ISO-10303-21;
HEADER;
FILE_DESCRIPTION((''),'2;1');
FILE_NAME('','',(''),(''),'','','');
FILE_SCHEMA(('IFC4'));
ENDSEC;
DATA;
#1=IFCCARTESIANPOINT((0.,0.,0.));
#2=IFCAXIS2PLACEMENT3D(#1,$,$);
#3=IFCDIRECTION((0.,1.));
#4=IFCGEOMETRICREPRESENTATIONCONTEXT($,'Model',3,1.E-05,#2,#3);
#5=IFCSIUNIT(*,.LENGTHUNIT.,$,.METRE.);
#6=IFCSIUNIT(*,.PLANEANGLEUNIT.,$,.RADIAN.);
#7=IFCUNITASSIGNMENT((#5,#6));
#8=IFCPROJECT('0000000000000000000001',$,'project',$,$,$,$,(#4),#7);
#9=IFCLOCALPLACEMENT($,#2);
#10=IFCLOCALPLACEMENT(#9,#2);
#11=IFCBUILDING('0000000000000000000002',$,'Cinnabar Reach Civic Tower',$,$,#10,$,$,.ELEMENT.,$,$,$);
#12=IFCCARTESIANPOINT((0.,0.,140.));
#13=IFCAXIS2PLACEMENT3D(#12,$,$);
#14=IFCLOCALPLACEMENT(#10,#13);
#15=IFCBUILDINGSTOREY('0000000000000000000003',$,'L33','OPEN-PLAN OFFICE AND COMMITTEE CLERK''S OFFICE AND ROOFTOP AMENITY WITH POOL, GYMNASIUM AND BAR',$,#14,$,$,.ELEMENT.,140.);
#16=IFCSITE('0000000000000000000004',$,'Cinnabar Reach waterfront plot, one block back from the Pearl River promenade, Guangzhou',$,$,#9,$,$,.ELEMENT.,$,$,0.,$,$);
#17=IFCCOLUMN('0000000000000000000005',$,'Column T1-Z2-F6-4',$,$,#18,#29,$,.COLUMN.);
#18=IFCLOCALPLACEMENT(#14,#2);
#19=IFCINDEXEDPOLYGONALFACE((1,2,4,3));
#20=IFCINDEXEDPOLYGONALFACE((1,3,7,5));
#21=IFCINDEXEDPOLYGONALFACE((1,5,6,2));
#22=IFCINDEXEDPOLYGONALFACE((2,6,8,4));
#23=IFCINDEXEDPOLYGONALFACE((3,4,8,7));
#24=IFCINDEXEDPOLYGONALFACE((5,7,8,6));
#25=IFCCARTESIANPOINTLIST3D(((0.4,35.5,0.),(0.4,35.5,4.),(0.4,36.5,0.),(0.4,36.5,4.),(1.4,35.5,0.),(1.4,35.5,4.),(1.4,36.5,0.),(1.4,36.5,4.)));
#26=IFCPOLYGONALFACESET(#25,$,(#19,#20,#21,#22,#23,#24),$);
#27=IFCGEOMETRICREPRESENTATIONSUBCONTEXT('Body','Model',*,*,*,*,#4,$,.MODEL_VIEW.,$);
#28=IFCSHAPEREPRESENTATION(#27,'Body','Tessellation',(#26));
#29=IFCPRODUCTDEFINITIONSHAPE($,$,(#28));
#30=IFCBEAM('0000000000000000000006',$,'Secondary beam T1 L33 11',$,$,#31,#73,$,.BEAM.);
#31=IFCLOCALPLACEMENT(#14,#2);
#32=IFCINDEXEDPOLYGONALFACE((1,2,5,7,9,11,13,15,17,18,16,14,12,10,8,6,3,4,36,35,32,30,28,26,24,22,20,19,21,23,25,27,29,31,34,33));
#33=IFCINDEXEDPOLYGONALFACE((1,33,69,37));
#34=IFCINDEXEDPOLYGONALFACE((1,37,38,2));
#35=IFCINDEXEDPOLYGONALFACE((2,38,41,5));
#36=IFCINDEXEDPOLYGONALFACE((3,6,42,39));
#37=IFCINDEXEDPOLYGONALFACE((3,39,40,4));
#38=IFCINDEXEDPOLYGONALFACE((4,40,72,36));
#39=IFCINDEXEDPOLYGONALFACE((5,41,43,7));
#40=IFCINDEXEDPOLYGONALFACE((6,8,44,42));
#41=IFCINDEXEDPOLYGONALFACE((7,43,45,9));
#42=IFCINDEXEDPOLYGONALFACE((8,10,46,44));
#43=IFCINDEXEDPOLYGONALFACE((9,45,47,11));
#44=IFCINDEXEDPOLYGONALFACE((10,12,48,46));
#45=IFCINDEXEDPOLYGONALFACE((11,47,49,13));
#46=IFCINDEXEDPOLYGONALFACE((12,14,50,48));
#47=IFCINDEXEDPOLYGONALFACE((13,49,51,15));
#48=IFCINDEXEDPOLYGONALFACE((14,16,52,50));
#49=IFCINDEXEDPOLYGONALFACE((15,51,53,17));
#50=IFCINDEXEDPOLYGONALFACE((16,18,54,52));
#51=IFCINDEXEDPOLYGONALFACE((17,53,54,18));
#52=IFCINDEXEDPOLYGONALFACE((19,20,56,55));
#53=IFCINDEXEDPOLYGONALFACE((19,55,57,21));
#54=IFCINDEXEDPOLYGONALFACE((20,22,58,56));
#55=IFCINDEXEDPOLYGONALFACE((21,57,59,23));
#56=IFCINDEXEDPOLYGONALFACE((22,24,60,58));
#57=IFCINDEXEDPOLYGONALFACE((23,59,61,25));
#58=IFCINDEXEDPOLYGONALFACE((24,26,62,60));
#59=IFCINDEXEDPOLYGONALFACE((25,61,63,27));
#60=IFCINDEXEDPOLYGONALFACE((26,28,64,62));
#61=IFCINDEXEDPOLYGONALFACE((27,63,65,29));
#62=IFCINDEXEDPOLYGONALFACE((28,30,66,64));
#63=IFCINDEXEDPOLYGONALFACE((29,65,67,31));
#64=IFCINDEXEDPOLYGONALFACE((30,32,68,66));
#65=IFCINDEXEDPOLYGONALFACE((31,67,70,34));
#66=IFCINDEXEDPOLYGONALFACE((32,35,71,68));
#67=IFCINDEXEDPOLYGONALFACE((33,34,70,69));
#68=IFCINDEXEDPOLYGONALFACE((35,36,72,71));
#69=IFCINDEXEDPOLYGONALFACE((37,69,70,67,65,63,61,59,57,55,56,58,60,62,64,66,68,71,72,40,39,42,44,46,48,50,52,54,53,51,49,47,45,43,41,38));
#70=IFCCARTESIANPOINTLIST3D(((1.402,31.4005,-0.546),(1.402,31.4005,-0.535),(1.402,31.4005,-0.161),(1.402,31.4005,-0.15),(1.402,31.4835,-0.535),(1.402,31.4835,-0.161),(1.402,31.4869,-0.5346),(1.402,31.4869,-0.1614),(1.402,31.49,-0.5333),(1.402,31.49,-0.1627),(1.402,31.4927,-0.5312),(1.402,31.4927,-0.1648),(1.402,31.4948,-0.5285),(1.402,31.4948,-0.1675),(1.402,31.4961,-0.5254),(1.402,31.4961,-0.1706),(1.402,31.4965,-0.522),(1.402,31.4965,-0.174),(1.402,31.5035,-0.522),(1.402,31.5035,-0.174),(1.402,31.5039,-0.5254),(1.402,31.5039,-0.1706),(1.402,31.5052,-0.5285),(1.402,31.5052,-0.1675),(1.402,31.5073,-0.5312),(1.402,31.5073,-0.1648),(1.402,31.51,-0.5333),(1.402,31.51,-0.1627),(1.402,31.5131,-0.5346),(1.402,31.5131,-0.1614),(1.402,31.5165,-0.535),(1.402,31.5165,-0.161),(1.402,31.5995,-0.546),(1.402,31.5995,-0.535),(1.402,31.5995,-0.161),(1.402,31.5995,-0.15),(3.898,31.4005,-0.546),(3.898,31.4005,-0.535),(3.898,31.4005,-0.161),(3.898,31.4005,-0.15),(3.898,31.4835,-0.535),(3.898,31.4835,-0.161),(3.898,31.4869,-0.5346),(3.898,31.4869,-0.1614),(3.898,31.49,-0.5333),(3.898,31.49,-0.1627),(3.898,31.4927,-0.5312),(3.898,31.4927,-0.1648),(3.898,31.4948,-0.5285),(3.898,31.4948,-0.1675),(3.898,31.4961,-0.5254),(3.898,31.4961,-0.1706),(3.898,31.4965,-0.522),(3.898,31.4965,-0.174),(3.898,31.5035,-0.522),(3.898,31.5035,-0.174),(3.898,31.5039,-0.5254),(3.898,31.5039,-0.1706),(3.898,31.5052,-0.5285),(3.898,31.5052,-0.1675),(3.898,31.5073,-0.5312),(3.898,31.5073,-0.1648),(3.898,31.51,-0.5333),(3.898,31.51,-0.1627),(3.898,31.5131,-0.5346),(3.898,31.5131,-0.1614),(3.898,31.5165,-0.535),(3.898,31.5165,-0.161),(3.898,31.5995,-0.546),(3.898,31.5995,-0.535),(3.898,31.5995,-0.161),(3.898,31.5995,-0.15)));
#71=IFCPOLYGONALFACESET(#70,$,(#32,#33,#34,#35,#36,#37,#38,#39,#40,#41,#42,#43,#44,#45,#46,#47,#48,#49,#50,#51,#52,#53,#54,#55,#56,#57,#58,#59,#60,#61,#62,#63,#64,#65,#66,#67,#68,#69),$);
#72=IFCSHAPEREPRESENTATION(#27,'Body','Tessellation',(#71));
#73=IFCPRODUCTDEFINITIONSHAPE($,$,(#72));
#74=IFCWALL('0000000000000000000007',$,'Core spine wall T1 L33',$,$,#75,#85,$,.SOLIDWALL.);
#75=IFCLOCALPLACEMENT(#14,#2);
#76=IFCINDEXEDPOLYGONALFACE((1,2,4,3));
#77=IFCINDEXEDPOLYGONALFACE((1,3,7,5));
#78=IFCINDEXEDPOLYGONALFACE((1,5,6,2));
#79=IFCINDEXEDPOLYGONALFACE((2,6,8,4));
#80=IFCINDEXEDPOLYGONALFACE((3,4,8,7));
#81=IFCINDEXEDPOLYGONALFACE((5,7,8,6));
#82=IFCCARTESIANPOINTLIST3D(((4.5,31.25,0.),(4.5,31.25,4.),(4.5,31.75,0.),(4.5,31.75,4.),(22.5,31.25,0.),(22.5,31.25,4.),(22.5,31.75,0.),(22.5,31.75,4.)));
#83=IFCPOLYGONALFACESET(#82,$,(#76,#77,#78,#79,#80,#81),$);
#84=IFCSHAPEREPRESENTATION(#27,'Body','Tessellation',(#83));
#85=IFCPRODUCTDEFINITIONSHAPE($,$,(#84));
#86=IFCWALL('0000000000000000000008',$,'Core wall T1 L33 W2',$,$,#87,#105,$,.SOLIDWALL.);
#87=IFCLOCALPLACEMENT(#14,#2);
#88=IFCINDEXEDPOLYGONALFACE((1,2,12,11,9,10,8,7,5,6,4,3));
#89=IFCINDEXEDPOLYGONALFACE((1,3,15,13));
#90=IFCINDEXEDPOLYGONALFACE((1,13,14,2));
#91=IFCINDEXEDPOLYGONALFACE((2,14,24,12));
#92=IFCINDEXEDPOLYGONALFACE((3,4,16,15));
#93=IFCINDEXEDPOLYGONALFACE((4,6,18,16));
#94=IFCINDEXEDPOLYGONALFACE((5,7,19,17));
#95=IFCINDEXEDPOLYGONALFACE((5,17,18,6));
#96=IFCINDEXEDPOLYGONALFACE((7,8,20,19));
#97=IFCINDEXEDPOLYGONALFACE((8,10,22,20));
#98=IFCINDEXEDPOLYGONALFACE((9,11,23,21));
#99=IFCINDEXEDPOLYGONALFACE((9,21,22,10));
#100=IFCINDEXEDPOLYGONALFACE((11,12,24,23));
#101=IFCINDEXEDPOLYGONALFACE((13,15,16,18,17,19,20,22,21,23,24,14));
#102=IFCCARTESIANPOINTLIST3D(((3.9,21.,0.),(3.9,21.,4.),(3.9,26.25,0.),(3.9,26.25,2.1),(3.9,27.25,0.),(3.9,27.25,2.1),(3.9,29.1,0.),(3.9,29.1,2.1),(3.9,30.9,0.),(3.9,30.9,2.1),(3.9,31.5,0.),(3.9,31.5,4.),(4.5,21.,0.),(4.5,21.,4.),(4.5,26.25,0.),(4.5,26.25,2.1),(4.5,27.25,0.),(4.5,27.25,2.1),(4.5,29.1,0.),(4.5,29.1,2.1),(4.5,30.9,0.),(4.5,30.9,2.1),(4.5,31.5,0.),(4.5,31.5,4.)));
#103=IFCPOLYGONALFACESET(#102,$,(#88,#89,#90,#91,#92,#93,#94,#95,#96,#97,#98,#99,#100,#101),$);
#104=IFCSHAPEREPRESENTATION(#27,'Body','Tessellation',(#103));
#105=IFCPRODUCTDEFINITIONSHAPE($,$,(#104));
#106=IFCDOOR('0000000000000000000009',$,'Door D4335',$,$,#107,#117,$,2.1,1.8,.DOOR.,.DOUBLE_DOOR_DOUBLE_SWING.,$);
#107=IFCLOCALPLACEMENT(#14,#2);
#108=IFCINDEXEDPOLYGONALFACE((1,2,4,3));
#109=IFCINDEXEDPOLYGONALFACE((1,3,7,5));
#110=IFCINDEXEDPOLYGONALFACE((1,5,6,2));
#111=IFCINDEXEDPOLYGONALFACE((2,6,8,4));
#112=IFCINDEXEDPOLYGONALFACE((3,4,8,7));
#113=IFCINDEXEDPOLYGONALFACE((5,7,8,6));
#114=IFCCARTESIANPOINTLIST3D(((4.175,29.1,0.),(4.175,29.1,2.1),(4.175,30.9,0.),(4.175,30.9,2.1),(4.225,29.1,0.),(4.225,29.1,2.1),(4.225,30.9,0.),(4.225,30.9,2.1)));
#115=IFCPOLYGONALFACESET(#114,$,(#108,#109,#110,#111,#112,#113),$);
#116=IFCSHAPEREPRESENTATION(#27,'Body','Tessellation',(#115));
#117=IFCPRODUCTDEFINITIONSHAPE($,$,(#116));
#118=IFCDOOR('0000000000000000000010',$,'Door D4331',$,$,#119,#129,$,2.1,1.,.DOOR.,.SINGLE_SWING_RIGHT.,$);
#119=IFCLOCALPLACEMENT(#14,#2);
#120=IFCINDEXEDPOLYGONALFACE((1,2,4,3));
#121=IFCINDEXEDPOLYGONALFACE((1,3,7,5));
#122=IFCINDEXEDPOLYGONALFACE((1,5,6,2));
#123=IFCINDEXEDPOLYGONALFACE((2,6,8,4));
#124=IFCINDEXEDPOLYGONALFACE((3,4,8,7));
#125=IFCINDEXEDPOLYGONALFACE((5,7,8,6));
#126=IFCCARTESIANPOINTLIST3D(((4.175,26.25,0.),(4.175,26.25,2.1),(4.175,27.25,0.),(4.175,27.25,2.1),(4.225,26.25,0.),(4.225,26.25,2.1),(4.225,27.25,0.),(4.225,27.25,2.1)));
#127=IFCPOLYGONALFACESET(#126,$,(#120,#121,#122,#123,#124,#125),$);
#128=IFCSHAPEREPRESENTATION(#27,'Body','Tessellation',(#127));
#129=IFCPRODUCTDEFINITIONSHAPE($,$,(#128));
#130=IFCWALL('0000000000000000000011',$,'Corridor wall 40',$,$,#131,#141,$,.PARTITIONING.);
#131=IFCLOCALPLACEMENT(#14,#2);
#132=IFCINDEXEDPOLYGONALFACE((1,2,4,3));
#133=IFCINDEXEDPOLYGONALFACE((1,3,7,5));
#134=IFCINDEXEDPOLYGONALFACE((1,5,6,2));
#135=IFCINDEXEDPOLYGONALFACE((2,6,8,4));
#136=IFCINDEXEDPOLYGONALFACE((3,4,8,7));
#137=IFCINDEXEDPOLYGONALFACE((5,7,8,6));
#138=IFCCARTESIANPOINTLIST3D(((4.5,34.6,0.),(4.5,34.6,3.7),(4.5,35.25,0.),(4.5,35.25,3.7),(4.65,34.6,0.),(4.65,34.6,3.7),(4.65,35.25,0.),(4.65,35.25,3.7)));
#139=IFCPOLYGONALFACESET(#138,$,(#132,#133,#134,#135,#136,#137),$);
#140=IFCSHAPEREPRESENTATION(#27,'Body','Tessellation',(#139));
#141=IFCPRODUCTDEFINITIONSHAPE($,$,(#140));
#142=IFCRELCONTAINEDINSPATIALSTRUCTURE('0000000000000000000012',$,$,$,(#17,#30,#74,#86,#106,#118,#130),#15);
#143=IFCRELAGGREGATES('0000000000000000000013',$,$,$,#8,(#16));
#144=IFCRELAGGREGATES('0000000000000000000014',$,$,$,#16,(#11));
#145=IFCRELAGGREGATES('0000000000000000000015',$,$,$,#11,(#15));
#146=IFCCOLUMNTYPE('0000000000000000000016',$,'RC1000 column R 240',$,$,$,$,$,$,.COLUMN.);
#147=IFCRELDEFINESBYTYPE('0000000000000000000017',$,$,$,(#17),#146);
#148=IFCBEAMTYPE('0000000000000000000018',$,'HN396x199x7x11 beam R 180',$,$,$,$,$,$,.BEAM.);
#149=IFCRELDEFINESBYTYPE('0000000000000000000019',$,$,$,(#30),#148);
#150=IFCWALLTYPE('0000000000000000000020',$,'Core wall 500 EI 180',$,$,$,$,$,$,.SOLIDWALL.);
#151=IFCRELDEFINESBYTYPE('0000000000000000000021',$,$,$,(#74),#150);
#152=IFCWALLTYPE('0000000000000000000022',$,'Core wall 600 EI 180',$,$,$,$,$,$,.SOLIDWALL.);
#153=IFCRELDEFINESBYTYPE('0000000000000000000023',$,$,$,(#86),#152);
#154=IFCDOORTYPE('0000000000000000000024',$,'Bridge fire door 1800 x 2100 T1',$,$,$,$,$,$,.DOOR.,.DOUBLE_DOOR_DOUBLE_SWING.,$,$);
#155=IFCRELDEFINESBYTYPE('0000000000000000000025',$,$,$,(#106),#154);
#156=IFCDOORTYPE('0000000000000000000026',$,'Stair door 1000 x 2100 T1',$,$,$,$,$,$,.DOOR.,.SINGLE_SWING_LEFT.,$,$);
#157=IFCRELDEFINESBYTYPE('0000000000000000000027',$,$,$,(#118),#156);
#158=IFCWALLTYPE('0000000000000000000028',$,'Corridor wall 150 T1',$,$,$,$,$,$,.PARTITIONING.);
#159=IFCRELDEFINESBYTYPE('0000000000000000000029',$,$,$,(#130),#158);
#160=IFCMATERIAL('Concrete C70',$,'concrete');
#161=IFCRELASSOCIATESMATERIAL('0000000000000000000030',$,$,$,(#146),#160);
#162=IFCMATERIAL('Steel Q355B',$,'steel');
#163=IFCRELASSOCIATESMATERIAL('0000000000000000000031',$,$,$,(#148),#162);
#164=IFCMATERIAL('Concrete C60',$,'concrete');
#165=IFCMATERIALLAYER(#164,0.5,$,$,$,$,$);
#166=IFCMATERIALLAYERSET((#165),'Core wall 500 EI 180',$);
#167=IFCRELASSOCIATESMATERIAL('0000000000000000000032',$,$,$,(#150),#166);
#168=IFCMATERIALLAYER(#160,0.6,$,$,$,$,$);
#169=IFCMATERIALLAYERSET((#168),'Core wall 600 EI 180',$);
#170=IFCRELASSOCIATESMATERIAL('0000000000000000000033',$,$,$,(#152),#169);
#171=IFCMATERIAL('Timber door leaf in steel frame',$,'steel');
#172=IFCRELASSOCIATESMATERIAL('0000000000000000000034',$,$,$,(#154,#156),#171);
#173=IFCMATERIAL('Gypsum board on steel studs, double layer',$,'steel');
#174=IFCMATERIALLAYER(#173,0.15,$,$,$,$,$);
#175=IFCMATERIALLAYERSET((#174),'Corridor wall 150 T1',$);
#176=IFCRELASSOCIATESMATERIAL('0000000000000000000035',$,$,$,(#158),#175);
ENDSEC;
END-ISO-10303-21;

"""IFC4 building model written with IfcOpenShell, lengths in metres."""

from ifc_helpers import new_model, si_unit, direction, frame, frame_2d, origin, origin_2d, place, context, subcontext, project, spatial, rectangle, i_section, extrude, material, layer, layer_set, material_profile, profile_set, type_object, element, fill, save


model = new_model("IFC4")

# Units and contexts
model_context = context("Model", 3, precision=1e-05, world=origin(), true_north=direction((0.0, 1.0)))
body_context = subcontext(model_context, "Body", "Model", "MODEL_VIEW")
ifc_project = project(units=[si_unit("LENGTHUNIT", "METRE"), si_unit("PLANEANGLEUNIT", "RADIAN")], contexts=[model_context])

# Site, building, storey
site_placement = place(None, origin())
site = spatial("IfcSite", under=ifc_project, at=site_placement, Name="Cinnabar Reach waterfront plot, one block back from the Pearl River promenade, Guangzhou", CompositionType="ELEMENT", RefElevation=0.0)
building_placement = place(site_placement, origin())
building = spatial("IfcBuilding", under=site, at=building_placement, Name="Cinnabar Reach Civic Tower", CompositionType="ELEMENT")
storey_placement = place(building_placement, frame((0.0, 0.0, 140.0)))
storey = spatial("IfcBuildingStorey", under=building, at=storey_placement, Name="L33", Description="OPEN-PLAN OFFICE AND COMMITTEE CLERK'S OFFICE AND ROOFTOP AMENITY WITH POOL, GYMNASIUM AND BAR", CompositionType="ELEMENT", Elevation=140.0)

# Column
ifc_material_1 = material(Name="Concrete C70", Category="concrete")
ifc_material_profile_1 = material_profile(ifc_material_1, rectangle(XDim=1.0, YDim=1.0, at=origin_2d()), Name="RC1000")
ifc_profile_set_1 = profile_set([ifc_material_profile_1], Name="Concrete C70")
column_type = type_object("IfcColumnType", Name="RC1000 column R 240", PredefinedType="COLUMN", material=ifc_profile_set_1)
column_placement = place(storey_placement, frame((0.9, 36.0, 0.0), z_axis=(0.0, 0.0, 1.0), x_axis=(1.0, 0.0, 0.0)))
element("IfcColumn", 1, at=column_placement, inside=storey, type_object=column_type, Name="Column T1-Z2-F6-4", PredefinedType="COLUMN", context=body_context, shape_type="SweptSolid", body=[
    extrude(rectangle(XDim=1.0, YDim=1.0, at=origin_2d()), origin(), (0.0, 0.0, 1.0), 4.0),
])

# Beam
ifc_material_2 = material(Name="Steel Q355B", Category="steel")
ifc_material_profile_2 = material_profile(ifc_material_2, i_section(OverallWidth=0.199, OverallDepth=0.396, WebThickness=0.007, FlangeThickness=0.011, FilletRadius=0.013, at=origin_2d()), Name="HN396x199x7x11")
ifc_profile_set_2 = profile_set([ifc_material_profile_2], Name="Steel Q355B")
beam_type = type_object("IfcBeamType", Name="HN396x199x7x11 beam R 180", PredefinedType="BEAM", material=ifc_profile_set_2)
beam_placement = place(storey_placement, frame((1.402, 31.5, -0.348), z_axis=(1.0, 0.0, 0.0), x_axis=(0.0, 1.0, 0.0)))
element("IfcBeam", 2, at=beam_placement, inside=storey, type_object=beam_type, Name="Secondary beam T1 L33 11", PredefinedType="BEAM", context=body_context, shape_type="SweptSolid", body=[
    extrude(i_section(OverallWidth=0.199, OverallDepth=0.396, WebThickness=0.007, FlangeThickness=0.011, FilletRadius=0.013, at=origin_2d()), origin(), (0.0, 0.0, 1.0), 2.496),
])

# Wall
ifc_material_3 = material(Name="Concrete C60", Category="concrete")
ifc_layer_1 = layer(ifc_material_3, 0.5)
ifc_layer_set_1 = layer_set([ifc_layer_1], Name="Core wall 500 EI 180")
wall_type_1 = type_object("IfcWallType", Name="Core wall 500 EI 180", PredefinedType="SOLIDWALL", material=ifc_layer_set_1)
wall_1_placement = place(storey_placement, frame((4.5, 31.5, 0.0), z_axis=(0.0, 0.0, 1.0), x_axis=(1.0, 0.0, 0.0)))
element("IfcWall", 3, at=wall_1_placement, inside=storey, type_object=wall_type_1, Name="Core spine wall T1 L33", PredefinedType="SOLIDWALL", context=body_context, shape_type="SweptSolid", body=[
    extrude(rectangle(XDim=18.0, YDim=0.5, at=frame_2d((9.0, 0.0))), origin(), (0.0, 0.0, 1.0), 4.0),
])

# Wall, openings, doors
ifc_layer_2 = layer(ifc_material_1, 0.6)
ifc_layer_set_2 = layer_set([ifc_layer_2], Name="Core wall 600 EI 180")
wall_type_2 = type_object("IfcWallType", Name="Core wall 600 EI 180", PredefinedType="SOLIDWALL", material=ifc_layer_set_2)
wall_2_placement = place(storey_placement, frame((4.2, 31.5, 0.0), z_axis=(0.0, 0.0, 1.0), x_axis=(0.0, -1.0, 0.0)))
wall_2 = element("IfcWall", 4, at=wall_2_placement, inside=storey, type_object=wall_type_2, Name="Core wall T1 L33 W2", PredefinedType="SOLIDWALL", context=body_context, shape_type="SweptSolid", body=[
    extrude(rectangle(XDim=10.5, YDim=0.6, at=frame_2d((5.25, 0.0))), origin(), (0.0, 0.0, 1.0), 4.0),
])
opening_1_placement = place(wall_2_placement, frame((4.25, 0.0, 0.0)))
opening_1 = element("IfcOpeningElement", 5, at=opening_1_placement, cuts=wall_2, PredefinedType="OPENING", context=body_context, shape_type="SweptSolid", body=[
    extrude(rectangle(XDim=1.0, YDim=2.1, at=frame_2d((0.5, 1.05))), frame((0.0, 0.31, 0.0), z_axis=(0.0, -1.0, 0.0), x_axis=(1.0, 0.0, 0.0)), (0.0, 0.0, 1.0), 0.62),
])
opening_2_placement = place(wall_2_placement, frame((0.6, 0.0, 0.0)))
opening_2 = element("IfcOpeningElement", 6, at=opening_2_placement, cuts=wall_2, PredefinedType="OPENING", context=body_context, shape_type="SweptSolid", body=[
    extrude(rectangle(XDim=1.8, YDim=2.1, at=frame_2d((0.9, 1.05))), frame((0.0, 0.31, 0.0), z_axis=(0.0, -1.0, 0.0), x_axis=(1.0, 0.0, 0.0)), (0.0, 0.0, 1.0), 0.62),
])
ifc_material_4 = material(Name="Timber door leaf in steel frame", Category="steel")
door_type_1 = type_object("IfcDoorType", Name="Bridge fire door 1800 x 2100 T1", OperationType="DOUBLE_DOOR_DOUBLE_SWING", PredefinedType="DOOR", material=ifc_material_4)
door_1_placement = place(opening_2_placement, frame((1.8, 0.0, 0.0), z_axis=(0.0, 0.0, 1.0), x_axis=(-1.0, 0.0, 0.0)))
door_1 = element("IfcDoor", 7, at=door_1_placement, inside=storey, type_object=door_type_1, Name="Door D4335", OperationType="DOUBLE_DOOR_DOUBLE_SWING", OverallHeight=2.1, OverallWidth=1.8, PredefinedType="DOOR", context=body_context, shape_type="SweptSolid", body=[
    extrude(rectangle(XDim=1.8, YDim=2.1, at=frame_2d((0.9, 1.05))), frame((0.0, 0.025, 0.0), z_axis=(0.0, -1.0, 0.0), x_axis=(1.0, 0.0, 0.0)), (0.0, 0.0, 1.0), 0.05),
])
fill(opening_2, door_1)
door_type_2 = type_object("IfcDoorType", Name="Stair door 1000 x 2100 T1", OperationType="SINGLE_SWING_LEFT", PredefinedType="DOOR", material=ifc_material_4)
door_2_placement = place(opening_1_placement, frame((1.0, 0.0, 0.0), z_axis=(0.0, 0.0, 1.0), x_axis=(-1.0, 0.0, 0.0)))
door_2 = element("IfcDoor", 8, at=door_2_placement, inside=storey, type_object=door_type_2, Name="Door D4331", OperationType="SINGLE_SWING_RIGHT", OverallHeight=2.1, OverallWidth=1.0, PredefinedType="DOOR", context=body_context, shape_type="SweptSolid", body=[
    extrude(rectangle(XDim=1.0, YDim=2.1, at=frame_2d((0.5, 1.05))), frame((0.0, 0.025, 0.0), z_axis=(0.0, -1.0, 0.0), x_axis=(1.0, 0.0, 0.0)), (0.0, 0.0, 1.0), 0.05),
])
fill(opening_1, door_2)

# Wall
ifc_material_5 = material(Name="Gypsum board on steel studs, double layer", Category="steel")
ifc_layer_3 = layer(ifc_material_5, 0.15)
ifc_layer_set_3 = layer_set([ifc_layer_3], Name="Corridor wall 150 T1")
wall_type_3 = type_object("IfcWallType", Name="Corridor wall 150 T1", PredefinedType="PARTITIONING", material=ifc_layer_set_3)
wall_3_placement = place(storey_placement, frame((4.575, 34.6, 0.0), z_axis=(0.0, 0.0, 1.0), x_axis=(0.0, 1.0, 0.0)))
element("IfcWall", 9, at=wall_3_placement, inside=storey, type_object=wall_type_3, Name="Corridor wall 40", PredefinedType="PARTITIONING", context=body_context, shape_type="SweptSolid", body=[
    extrude(rectangle(XDim=0.65, YDim=0.15, at=frame_2d((0.325, 0.0))), origin(), (0.0, 0.0, 1.0), 3.7),
])

save(model, "model.ifc")
